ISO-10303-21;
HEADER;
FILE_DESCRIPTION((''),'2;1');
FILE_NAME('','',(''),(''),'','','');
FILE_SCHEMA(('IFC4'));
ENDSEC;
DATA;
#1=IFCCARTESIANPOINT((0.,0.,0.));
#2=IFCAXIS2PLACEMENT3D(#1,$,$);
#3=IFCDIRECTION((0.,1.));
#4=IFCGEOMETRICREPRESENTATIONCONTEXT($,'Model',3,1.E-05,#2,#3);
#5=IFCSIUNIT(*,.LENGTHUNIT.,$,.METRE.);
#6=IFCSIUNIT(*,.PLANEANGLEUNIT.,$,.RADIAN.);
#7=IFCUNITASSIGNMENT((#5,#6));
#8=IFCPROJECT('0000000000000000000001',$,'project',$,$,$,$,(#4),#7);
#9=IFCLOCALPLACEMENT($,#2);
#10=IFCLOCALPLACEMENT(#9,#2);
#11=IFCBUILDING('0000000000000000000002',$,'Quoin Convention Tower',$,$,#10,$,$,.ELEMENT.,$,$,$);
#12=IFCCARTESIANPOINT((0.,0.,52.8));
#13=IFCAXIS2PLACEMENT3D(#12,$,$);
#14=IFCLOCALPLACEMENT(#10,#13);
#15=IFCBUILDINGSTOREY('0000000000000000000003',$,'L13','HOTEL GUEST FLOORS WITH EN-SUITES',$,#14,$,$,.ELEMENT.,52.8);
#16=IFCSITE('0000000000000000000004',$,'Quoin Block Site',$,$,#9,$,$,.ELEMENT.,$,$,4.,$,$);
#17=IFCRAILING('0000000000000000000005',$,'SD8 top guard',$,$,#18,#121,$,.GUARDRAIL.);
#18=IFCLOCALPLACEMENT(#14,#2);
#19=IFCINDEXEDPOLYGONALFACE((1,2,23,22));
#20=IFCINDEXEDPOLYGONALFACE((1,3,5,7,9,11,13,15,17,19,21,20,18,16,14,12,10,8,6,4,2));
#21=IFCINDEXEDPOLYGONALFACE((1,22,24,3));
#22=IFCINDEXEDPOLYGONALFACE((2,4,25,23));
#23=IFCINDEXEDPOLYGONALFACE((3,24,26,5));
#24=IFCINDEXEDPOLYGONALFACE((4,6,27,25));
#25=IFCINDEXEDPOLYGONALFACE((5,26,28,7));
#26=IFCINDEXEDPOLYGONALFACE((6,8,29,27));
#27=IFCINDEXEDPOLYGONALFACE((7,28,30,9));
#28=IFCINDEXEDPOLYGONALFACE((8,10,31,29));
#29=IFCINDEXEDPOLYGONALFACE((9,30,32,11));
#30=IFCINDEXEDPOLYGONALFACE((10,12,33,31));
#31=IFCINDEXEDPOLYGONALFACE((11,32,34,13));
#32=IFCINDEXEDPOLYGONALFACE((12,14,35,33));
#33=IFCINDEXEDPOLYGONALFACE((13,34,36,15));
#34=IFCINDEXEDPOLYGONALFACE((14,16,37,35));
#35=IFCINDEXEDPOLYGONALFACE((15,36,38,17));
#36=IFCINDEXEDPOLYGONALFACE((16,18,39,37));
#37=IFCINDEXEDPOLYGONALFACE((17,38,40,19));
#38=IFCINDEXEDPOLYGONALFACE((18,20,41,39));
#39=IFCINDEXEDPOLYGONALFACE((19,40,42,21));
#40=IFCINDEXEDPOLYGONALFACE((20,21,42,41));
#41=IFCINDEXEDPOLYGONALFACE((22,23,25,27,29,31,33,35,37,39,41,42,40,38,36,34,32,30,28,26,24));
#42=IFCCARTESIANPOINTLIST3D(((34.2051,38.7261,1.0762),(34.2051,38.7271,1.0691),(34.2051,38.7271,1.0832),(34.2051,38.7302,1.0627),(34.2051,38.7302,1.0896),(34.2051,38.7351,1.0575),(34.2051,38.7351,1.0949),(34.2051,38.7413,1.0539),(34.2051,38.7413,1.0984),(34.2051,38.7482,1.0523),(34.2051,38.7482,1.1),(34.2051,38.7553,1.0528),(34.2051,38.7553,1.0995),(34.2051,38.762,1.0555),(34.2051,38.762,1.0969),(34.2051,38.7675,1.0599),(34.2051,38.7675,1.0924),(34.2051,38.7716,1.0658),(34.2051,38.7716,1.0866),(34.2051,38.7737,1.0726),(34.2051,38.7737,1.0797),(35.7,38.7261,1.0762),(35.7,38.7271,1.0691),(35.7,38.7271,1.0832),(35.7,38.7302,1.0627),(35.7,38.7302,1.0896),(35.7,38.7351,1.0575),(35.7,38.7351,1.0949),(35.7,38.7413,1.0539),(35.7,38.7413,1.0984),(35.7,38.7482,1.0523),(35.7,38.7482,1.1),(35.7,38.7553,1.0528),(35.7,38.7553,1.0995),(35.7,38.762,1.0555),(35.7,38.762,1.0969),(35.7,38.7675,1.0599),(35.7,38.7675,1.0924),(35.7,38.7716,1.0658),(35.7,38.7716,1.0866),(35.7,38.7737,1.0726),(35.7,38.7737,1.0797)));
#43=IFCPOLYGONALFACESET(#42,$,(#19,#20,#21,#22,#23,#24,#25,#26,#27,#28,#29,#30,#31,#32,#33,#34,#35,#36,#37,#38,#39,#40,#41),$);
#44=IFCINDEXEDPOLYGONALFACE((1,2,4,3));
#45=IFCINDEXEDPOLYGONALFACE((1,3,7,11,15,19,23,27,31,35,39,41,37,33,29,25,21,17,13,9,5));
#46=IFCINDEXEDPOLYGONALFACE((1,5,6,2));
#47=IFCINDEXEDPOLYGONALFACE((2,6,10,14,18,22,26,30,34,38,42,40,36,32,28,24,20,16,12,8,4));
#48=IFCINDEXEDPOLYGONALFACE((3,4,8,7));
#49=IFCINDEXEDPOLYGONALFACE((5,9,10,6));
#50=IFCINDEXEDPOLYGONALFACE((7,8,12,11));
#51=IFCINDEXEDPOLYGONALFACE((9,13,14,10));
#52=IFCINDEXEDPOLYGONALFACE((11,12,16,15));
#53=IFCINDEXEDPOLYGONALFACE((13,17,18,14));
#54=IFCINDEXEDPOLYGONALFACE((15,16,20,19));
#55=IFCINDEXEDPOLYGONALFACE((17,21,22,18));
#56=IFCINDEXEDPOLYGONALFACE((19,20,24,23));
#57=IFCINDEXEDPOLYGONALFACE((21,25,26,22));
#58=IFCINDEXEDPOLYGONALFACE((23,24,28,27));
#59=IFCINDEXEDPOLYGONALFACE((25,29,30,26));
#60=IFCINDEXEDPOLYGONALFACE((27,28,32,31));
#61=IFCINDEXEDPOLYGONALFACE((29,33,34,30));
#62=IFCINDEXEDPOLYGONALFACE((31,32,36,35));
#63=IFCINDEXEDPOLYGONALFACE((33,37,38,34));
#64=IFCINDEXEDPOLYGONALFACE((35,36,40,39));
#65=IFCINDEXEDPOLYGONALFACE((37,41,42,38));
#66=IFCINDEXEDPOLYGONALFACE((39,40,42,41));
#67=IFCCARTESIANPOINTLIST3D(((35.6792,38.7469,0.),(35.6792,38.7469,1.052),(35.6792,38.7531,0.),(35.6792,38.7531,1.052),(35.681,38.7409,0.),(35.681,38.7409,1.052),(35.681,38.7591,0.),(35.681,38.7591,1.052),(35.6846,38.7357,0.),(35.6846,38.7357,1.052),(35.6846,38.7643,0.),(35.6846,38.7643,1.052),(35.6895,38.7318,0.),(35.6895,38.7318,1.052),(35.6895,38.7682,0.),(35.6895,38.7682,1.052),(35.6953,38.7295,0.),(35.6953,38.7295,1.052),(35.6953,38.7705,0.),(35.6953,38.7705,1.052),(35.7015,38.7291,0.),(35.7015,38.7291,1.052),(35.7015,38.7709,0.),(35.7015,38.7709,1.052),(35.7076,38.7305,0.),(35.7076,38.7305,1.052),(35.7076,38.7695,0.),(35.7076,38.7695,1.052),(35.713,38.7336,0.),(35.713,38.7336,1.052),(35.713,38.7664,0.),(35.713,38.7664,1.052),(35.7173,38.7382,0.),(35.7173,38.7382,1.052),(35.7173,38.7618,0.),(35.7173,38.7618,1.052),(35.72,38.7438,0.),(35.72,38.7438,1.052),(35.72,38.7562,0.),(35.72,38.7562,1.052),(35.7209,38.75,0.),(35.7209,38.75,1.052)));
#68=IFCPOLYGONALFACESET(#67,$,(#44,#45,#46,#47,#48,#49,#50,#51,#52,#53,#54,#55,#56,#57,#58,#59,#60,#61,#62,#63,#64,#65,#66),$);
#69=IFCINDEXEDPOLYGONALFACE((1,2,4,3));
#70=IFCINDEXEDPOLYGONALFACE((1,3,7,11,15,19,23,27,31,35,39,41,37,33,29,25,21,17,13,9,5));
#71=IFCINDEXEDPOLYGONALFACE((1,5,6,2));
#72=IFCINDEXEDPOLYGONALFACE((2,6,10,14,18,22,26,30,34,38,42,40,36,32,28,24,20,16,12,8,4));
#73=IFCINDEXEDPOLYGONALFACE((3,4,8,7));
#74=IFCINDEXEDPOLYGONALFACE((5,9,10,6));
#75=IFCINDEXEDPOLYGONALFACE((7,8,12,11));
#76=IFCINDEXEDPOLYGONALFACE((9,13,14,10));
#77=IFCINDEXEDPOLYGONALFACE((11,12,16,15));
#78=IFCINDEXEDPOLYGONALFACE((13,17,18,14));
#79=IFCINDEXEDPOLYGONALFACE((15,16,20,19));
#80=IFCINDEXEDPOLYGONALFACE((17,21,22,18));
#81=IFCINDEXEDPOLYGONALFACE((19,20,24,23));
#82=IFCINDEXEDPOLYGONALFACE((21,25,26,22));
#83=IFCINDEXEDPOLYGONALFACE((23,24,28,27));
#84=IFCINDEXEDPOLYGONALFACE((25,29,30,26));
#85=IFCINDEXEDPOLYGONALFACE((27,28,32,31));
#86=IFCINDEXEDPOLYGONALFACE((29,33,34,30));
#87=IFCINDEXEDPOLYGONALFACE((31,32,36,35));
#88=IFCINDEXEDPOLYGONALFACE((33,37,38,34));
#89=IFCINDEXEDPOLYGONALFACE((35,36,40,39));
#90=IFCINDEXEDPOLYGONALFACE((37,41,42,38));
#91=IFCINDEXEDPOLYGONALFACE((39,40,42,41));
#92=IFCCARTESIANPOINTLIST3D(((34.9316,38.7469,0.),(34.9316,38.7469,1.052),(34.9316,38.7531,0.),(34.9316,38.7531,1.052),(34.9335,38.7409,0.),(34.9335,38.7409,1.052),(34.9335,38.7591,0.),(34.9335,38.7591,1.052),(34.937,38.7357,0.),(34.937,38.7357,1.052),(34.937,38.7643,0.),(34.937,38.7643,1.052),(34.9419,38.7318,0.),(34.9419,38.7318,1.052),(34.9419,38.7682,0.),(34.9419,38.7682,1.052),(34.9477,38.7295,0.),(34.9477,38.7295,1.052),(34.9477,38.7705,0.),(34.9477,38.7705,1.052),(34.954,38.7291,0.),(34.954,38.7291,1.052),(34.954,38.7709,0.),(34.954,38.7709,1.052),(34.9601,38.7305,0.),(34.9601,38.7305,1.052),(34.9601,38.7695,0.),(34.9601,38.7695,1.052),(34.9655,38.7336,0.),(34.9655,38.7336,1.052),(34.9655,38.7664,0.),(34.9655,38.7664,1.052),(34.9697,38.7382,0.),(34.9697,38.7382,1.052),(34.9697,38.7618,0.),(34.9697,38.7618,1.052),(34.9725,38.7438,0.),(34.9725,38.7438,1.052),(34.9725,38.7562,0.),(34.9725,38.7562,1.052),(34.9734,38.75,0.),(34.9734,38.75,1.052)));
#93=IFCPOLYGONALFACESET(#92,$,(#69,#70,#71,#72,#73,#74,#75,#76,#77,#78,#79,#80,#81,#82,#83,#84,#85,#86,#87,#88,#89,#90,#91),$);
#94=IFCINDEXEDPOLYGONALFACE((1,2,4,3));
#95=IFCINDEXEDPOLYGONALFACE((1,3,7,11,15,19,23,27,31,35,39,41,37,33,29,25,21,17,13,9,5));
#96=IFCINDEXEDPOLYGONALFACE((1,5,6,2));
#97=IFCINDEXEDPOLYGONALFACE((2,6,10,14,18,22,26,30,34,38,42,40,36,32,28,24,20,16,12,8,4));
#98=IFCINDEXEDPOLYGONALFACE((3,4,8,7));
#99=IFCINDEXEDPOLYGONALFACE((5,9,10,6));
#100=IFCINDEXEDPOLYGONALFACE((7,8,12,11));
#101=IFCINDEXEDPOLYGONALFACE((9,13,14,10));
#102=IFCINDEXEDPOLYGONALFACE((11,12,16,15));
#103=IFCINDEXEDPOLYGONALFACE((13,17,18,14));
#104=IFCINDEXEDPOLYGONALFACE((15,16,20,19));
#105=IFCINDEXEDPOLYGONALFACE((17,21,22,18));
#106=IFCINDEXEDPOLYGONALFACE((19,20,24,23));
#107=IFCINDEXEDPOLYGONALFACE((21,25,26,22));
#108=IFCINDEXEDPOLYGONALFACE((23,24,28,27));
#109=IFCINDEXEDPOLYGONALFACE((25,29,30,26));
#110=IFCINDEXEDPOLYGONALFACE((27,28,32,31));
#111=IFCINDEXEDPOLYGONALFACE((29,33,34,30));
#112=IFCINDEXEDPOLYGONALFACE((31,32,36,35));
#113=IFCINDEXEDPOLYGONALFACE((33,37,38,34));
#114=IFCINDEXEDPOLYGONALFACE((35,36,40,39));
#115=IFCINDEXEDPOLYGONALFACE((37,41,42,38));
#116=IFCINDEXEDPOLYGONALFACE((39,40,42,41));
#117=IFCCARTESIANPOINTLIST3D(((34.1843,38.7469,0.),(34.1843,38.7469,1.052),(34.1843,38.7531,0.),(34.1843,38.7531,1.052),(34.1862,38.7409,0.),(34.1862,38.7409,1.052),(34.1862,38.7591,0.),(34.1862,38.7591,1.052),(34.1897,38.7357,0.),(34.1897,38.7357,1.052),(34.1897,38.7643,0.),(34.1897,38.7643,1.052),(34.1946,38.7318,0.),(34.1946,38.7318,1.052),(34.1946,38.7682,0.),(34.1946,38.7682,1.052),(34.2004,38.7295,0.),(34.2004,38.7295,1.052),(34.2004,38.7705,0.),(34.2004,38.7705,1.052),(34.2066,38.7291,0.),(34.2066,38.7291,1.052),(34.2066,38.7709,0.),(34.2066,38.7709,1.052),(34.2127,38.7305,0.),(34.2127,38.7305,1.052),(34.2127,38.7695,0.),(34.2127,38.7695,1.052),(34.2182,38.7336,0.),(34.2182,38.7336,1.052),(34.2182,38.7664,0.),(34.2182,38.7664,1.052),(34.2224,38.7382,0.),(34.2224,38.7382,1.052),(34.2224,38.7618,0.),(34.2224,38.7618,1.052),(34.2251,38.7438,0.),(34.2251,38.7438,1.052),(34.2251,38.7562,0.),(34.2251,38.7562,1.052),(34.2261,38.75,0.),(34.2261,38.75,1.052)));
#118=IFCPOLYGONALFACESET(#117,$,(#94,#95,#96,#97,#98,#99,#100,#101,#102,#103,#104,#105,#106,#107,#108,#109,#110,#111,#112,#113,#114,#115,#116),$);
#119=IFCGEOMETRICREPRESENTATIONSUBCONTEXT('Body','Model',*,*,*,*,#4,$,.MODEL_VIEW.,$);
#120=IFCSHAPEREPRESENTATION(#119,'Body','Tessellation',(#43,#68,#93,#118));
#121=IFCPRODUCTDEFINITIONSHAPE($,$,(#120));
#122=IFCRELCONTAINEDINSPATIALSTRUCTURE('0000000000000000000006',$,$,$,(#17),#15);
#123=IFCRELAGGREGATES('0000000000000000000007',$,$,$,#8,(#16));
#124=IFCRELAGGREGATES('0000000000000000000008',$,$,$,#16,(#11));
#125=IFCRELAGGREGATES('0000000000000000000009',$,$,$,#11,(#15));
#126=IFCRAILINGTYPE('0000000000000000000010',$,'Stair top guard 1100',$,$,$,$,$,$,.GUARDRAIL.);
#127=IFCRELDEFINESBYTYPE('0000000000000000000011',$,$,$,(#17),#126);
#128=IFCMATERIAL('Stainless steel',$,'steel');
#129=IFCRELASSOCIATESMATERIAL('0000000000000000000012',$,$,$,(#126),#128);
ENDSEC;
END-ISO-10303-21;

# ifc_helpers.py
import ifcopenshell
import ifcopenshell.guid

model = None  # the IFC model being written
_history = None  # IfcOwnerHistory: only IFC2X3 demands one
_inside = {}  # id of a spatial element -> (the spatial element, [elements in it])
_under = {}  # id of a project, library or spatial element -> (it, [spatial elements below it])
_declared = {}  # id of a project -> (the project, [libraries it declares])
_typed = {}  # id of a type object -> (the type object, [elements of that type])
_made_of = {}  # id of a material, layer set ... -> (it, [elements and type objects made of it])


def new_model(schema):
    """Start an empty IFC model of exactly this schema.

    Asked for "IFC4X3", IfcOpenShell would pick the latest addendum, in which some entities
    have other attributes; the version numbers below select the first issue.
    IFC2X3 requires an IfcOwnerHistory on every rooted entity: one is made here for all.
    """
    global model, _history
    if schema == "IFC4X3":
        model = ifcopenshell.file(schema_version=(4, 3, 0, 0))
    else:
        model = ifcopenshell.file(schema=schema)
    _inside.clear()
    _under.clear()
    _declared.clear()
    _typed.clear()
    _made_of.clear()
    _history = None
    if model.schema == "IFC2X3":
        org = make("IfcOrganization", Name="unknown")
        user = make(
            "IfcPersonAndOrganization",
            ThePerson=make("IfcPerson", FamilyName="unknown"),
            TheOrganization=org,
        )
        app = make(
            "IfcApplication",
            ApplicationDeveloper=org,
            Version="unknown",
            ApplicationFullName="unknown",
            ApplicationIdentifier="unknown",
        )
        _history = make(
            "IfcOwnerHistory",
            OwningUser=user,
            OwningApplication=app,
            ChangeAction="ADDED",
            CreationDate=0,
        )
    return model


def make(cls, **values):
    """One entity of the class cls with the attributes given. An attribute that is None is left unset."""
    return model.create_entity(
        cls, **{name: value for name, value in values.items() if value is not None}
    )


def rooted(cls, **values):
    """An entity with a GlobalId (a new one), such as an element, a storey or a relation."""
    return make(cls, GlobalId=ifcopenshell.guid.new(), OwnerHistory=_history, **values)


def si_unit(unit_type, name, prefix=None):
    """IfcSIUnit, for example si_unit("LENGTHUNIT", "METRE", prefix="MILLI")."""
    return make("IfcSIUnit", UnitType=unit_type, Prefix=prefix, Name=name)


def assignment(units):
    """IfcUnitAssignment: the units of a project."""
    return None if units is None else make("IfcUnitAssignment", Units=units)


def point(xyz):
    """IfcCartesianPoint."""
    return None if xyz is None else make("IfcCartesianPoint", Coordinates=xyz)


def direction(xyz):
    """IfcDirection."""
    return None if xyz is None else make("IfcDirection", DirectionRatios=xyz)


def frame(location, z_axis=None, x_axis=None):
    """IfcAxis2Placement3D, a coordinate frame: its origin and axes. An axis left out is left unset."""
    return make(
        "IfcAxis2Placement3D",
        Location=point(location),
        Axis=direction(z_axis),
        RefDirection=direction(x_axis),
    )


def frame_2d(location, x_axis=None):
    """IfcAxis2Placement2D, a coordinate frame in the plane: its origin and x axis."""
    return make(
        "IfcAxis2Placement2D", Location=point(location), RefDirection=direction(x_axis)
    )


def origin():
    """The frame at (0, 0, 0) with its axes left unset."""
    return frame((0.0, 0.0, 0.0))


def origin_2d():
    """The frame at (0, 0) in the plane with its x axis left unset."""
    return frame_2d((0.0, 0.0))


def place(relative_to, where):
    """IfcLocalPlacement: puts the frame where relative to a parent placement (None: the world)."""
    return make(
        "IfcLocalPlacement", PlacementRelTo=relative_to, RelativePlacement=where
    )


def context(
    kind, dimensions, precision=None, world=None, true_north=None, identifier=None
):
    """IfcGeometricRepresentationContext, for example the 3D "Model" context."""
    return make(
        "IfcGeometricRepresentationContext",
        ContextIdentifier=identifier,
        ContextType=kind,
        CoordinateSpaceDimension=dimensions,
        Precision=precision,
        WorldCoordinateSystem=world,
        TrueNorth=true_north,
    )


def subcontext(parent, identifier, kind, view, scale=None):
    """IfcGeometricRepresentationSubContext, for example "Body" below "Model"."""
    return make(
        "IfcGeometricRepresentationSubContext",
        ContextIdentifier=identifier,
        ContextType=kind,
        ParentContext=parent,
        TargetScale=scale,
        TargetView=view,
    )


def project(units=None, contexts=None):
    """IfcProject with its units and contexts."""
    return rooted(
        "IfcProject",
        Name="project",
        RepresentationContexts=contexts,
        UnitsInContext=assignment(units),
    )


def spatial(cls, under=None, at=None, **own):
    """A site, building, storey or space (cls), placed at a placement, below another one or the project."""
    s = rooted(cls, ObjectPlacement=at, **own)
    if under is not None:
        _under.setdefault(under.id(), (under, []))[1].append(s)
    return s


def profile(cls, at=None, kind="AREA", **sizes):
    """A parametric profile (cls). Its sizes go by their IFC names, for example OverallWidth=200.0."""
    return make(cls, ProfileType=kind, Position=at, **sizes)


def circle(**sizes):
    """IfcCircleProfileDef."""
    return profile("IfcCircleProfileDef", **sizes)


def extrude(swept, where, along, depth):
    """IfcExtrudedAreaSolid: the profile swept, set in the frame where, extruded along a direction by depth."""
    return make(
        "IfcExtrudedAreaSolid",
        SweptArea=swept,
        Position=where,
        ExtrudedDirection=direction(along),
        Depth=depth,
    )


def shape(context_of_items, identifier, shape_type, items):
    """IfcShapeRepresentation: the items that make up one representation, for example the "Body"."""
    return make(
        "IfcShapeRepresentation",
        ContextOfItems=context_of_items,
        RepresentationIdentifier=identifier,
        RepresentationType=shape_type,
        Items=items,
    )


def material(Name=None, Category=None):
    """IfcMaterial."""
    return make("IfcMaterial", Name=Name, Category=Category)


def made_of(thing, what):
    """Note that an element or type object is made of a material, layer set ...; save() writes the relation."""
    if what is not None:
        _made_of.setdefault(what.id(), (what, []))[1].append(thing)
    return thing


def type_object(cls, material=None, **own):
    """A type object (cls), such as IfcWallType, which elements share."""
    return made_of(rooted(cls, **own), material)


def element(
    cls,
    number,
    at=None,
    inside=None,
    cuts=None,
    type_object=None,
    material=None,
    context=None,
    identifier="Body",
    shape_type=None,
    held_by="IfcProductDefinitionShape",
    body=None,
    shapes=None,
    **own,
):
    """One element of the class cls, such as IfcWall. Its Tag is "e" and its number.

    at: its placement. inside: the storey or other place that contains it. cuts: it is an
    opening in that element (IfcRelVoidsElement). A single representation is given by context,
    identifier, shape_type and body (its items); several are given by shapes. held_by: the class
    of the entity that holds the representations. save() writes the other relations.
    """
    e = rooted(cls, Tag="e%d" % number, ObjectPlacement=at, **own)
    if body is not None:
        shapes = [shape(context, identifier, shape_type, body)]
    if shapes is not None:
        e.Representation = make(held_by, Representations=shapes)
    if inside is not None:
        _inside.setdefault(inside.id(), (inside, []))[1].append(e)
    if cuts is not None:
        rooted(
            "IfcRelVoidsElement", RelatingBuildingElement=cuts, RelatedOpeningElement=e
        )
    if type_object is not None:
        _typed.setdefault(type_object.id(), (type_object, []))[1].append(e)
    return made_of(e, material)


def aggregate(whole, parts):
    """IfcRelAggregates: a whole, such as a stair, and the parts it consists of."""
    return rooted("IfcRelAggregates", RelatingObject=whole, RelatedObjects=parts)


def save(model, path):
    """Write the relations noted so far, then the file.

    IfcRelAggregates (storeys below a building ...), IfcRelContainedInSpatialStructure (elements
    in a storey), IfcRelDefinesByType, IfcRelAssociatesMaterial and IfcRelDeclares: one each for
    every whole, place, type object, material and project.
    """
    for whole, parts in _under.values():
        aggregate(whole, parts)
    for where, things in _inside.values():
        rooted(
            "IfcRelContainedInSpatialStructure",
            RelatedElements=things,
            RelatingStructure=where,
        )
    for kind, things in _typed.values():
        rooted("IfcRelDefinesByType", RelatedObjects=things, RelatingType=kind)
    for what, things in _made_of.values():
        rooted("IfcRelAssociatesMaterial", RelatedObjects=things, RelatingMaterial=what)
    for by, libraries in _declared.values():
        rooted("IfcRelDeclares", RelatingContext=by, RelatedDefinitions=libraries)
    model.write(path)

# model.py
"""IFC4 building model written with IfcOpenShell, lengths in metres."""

from ifc_helpers import new_model, si_unit, direction, frame, origin, origin_2d, place, context, subcontext, project, spatial, circle, extrude, material, type_object, element, save


model = new_model("IFC4")

# Units and contexts
model_context = context("Model", 3, precision=1e-05, world=origin(), true_north=direction((0.0, 1.0)))
body_context = subcontext(model_context, "Body", "Model", "MODEL_VIEW")
ifc_project = project(units=[si_unit("LENGTHUNIT", "METRE"), si_unit("PLANEANGLEUNIT", "RADIAN")], contexts=[model_context])

# Site, building, storey
site_placement = place(None, origin())
site = spatial("IfcSite", under=ifc_project, at=site_placement, Name="Quoin Block Site", CompositionType="ELEMENT", RefElevation=4.0)
building_placement = place(site_placement, origin())
building = spatial("IfcBuilding", under=site, at=building_placement, Name="Quoin Convention Tower", CompositionType="ELEMENT")
storey_placement = place(building_placement, frame((0.0, 0.0, 52.8)))
storey = spatial("IfcBuildingStorey", under=building, at=storey_placement, Name="L13", Description="HOTEL GUEST FLOORS WITH EN-SUITES", CompositionType="ELEMENT", Elevation=52.8)

# Railing
ifc_material_1 = material(Name="Stainless steel", Category="steel")
railing_type_1 = type_object("IfcRailingType", Name="Stair top guard 1100", PredefinedType="GUARDRAIL", material=ifc_material_1)
railing_1_placement = place(storey_placement, frame((35.7, 38.75, 0.0)))
element("IfcRailing", 1, at=railing_1_placement, inside=storey, type_object=railing_type_1, Name="SD8 top guard", PredefinedType="GUARDRAIL", context=body_context, shape_type="SweptSolid", body=[
    extrude(circle(Radius=0.0239, at=origin_2d()), frame((0.0, 0.0, 1.0762), z_axis=(-1.0, 0.0, 0.0), x_axis=(0.0, -1.0, 0.0)), (0.0, 0.0, 1.0), 1.4949),
    extrude(circle(Radius=0.021, at=origin_2d()), origin(), (0.0, 0.0, 1.0), 1.052),
    extrude(circle(Radius=0.021, at=origin_2d()), frame((-0.7476, 0.0, 0.0)), (0.0, 0.0, 1.0), 1.052),
    extrude(circle(Radius=0.021, at=origin_2d()), frame((-1.4949, 0.0, 0.0)), (0.0, 0.0, 1.0), 1.052),
])

save(model, "model.ifc")
